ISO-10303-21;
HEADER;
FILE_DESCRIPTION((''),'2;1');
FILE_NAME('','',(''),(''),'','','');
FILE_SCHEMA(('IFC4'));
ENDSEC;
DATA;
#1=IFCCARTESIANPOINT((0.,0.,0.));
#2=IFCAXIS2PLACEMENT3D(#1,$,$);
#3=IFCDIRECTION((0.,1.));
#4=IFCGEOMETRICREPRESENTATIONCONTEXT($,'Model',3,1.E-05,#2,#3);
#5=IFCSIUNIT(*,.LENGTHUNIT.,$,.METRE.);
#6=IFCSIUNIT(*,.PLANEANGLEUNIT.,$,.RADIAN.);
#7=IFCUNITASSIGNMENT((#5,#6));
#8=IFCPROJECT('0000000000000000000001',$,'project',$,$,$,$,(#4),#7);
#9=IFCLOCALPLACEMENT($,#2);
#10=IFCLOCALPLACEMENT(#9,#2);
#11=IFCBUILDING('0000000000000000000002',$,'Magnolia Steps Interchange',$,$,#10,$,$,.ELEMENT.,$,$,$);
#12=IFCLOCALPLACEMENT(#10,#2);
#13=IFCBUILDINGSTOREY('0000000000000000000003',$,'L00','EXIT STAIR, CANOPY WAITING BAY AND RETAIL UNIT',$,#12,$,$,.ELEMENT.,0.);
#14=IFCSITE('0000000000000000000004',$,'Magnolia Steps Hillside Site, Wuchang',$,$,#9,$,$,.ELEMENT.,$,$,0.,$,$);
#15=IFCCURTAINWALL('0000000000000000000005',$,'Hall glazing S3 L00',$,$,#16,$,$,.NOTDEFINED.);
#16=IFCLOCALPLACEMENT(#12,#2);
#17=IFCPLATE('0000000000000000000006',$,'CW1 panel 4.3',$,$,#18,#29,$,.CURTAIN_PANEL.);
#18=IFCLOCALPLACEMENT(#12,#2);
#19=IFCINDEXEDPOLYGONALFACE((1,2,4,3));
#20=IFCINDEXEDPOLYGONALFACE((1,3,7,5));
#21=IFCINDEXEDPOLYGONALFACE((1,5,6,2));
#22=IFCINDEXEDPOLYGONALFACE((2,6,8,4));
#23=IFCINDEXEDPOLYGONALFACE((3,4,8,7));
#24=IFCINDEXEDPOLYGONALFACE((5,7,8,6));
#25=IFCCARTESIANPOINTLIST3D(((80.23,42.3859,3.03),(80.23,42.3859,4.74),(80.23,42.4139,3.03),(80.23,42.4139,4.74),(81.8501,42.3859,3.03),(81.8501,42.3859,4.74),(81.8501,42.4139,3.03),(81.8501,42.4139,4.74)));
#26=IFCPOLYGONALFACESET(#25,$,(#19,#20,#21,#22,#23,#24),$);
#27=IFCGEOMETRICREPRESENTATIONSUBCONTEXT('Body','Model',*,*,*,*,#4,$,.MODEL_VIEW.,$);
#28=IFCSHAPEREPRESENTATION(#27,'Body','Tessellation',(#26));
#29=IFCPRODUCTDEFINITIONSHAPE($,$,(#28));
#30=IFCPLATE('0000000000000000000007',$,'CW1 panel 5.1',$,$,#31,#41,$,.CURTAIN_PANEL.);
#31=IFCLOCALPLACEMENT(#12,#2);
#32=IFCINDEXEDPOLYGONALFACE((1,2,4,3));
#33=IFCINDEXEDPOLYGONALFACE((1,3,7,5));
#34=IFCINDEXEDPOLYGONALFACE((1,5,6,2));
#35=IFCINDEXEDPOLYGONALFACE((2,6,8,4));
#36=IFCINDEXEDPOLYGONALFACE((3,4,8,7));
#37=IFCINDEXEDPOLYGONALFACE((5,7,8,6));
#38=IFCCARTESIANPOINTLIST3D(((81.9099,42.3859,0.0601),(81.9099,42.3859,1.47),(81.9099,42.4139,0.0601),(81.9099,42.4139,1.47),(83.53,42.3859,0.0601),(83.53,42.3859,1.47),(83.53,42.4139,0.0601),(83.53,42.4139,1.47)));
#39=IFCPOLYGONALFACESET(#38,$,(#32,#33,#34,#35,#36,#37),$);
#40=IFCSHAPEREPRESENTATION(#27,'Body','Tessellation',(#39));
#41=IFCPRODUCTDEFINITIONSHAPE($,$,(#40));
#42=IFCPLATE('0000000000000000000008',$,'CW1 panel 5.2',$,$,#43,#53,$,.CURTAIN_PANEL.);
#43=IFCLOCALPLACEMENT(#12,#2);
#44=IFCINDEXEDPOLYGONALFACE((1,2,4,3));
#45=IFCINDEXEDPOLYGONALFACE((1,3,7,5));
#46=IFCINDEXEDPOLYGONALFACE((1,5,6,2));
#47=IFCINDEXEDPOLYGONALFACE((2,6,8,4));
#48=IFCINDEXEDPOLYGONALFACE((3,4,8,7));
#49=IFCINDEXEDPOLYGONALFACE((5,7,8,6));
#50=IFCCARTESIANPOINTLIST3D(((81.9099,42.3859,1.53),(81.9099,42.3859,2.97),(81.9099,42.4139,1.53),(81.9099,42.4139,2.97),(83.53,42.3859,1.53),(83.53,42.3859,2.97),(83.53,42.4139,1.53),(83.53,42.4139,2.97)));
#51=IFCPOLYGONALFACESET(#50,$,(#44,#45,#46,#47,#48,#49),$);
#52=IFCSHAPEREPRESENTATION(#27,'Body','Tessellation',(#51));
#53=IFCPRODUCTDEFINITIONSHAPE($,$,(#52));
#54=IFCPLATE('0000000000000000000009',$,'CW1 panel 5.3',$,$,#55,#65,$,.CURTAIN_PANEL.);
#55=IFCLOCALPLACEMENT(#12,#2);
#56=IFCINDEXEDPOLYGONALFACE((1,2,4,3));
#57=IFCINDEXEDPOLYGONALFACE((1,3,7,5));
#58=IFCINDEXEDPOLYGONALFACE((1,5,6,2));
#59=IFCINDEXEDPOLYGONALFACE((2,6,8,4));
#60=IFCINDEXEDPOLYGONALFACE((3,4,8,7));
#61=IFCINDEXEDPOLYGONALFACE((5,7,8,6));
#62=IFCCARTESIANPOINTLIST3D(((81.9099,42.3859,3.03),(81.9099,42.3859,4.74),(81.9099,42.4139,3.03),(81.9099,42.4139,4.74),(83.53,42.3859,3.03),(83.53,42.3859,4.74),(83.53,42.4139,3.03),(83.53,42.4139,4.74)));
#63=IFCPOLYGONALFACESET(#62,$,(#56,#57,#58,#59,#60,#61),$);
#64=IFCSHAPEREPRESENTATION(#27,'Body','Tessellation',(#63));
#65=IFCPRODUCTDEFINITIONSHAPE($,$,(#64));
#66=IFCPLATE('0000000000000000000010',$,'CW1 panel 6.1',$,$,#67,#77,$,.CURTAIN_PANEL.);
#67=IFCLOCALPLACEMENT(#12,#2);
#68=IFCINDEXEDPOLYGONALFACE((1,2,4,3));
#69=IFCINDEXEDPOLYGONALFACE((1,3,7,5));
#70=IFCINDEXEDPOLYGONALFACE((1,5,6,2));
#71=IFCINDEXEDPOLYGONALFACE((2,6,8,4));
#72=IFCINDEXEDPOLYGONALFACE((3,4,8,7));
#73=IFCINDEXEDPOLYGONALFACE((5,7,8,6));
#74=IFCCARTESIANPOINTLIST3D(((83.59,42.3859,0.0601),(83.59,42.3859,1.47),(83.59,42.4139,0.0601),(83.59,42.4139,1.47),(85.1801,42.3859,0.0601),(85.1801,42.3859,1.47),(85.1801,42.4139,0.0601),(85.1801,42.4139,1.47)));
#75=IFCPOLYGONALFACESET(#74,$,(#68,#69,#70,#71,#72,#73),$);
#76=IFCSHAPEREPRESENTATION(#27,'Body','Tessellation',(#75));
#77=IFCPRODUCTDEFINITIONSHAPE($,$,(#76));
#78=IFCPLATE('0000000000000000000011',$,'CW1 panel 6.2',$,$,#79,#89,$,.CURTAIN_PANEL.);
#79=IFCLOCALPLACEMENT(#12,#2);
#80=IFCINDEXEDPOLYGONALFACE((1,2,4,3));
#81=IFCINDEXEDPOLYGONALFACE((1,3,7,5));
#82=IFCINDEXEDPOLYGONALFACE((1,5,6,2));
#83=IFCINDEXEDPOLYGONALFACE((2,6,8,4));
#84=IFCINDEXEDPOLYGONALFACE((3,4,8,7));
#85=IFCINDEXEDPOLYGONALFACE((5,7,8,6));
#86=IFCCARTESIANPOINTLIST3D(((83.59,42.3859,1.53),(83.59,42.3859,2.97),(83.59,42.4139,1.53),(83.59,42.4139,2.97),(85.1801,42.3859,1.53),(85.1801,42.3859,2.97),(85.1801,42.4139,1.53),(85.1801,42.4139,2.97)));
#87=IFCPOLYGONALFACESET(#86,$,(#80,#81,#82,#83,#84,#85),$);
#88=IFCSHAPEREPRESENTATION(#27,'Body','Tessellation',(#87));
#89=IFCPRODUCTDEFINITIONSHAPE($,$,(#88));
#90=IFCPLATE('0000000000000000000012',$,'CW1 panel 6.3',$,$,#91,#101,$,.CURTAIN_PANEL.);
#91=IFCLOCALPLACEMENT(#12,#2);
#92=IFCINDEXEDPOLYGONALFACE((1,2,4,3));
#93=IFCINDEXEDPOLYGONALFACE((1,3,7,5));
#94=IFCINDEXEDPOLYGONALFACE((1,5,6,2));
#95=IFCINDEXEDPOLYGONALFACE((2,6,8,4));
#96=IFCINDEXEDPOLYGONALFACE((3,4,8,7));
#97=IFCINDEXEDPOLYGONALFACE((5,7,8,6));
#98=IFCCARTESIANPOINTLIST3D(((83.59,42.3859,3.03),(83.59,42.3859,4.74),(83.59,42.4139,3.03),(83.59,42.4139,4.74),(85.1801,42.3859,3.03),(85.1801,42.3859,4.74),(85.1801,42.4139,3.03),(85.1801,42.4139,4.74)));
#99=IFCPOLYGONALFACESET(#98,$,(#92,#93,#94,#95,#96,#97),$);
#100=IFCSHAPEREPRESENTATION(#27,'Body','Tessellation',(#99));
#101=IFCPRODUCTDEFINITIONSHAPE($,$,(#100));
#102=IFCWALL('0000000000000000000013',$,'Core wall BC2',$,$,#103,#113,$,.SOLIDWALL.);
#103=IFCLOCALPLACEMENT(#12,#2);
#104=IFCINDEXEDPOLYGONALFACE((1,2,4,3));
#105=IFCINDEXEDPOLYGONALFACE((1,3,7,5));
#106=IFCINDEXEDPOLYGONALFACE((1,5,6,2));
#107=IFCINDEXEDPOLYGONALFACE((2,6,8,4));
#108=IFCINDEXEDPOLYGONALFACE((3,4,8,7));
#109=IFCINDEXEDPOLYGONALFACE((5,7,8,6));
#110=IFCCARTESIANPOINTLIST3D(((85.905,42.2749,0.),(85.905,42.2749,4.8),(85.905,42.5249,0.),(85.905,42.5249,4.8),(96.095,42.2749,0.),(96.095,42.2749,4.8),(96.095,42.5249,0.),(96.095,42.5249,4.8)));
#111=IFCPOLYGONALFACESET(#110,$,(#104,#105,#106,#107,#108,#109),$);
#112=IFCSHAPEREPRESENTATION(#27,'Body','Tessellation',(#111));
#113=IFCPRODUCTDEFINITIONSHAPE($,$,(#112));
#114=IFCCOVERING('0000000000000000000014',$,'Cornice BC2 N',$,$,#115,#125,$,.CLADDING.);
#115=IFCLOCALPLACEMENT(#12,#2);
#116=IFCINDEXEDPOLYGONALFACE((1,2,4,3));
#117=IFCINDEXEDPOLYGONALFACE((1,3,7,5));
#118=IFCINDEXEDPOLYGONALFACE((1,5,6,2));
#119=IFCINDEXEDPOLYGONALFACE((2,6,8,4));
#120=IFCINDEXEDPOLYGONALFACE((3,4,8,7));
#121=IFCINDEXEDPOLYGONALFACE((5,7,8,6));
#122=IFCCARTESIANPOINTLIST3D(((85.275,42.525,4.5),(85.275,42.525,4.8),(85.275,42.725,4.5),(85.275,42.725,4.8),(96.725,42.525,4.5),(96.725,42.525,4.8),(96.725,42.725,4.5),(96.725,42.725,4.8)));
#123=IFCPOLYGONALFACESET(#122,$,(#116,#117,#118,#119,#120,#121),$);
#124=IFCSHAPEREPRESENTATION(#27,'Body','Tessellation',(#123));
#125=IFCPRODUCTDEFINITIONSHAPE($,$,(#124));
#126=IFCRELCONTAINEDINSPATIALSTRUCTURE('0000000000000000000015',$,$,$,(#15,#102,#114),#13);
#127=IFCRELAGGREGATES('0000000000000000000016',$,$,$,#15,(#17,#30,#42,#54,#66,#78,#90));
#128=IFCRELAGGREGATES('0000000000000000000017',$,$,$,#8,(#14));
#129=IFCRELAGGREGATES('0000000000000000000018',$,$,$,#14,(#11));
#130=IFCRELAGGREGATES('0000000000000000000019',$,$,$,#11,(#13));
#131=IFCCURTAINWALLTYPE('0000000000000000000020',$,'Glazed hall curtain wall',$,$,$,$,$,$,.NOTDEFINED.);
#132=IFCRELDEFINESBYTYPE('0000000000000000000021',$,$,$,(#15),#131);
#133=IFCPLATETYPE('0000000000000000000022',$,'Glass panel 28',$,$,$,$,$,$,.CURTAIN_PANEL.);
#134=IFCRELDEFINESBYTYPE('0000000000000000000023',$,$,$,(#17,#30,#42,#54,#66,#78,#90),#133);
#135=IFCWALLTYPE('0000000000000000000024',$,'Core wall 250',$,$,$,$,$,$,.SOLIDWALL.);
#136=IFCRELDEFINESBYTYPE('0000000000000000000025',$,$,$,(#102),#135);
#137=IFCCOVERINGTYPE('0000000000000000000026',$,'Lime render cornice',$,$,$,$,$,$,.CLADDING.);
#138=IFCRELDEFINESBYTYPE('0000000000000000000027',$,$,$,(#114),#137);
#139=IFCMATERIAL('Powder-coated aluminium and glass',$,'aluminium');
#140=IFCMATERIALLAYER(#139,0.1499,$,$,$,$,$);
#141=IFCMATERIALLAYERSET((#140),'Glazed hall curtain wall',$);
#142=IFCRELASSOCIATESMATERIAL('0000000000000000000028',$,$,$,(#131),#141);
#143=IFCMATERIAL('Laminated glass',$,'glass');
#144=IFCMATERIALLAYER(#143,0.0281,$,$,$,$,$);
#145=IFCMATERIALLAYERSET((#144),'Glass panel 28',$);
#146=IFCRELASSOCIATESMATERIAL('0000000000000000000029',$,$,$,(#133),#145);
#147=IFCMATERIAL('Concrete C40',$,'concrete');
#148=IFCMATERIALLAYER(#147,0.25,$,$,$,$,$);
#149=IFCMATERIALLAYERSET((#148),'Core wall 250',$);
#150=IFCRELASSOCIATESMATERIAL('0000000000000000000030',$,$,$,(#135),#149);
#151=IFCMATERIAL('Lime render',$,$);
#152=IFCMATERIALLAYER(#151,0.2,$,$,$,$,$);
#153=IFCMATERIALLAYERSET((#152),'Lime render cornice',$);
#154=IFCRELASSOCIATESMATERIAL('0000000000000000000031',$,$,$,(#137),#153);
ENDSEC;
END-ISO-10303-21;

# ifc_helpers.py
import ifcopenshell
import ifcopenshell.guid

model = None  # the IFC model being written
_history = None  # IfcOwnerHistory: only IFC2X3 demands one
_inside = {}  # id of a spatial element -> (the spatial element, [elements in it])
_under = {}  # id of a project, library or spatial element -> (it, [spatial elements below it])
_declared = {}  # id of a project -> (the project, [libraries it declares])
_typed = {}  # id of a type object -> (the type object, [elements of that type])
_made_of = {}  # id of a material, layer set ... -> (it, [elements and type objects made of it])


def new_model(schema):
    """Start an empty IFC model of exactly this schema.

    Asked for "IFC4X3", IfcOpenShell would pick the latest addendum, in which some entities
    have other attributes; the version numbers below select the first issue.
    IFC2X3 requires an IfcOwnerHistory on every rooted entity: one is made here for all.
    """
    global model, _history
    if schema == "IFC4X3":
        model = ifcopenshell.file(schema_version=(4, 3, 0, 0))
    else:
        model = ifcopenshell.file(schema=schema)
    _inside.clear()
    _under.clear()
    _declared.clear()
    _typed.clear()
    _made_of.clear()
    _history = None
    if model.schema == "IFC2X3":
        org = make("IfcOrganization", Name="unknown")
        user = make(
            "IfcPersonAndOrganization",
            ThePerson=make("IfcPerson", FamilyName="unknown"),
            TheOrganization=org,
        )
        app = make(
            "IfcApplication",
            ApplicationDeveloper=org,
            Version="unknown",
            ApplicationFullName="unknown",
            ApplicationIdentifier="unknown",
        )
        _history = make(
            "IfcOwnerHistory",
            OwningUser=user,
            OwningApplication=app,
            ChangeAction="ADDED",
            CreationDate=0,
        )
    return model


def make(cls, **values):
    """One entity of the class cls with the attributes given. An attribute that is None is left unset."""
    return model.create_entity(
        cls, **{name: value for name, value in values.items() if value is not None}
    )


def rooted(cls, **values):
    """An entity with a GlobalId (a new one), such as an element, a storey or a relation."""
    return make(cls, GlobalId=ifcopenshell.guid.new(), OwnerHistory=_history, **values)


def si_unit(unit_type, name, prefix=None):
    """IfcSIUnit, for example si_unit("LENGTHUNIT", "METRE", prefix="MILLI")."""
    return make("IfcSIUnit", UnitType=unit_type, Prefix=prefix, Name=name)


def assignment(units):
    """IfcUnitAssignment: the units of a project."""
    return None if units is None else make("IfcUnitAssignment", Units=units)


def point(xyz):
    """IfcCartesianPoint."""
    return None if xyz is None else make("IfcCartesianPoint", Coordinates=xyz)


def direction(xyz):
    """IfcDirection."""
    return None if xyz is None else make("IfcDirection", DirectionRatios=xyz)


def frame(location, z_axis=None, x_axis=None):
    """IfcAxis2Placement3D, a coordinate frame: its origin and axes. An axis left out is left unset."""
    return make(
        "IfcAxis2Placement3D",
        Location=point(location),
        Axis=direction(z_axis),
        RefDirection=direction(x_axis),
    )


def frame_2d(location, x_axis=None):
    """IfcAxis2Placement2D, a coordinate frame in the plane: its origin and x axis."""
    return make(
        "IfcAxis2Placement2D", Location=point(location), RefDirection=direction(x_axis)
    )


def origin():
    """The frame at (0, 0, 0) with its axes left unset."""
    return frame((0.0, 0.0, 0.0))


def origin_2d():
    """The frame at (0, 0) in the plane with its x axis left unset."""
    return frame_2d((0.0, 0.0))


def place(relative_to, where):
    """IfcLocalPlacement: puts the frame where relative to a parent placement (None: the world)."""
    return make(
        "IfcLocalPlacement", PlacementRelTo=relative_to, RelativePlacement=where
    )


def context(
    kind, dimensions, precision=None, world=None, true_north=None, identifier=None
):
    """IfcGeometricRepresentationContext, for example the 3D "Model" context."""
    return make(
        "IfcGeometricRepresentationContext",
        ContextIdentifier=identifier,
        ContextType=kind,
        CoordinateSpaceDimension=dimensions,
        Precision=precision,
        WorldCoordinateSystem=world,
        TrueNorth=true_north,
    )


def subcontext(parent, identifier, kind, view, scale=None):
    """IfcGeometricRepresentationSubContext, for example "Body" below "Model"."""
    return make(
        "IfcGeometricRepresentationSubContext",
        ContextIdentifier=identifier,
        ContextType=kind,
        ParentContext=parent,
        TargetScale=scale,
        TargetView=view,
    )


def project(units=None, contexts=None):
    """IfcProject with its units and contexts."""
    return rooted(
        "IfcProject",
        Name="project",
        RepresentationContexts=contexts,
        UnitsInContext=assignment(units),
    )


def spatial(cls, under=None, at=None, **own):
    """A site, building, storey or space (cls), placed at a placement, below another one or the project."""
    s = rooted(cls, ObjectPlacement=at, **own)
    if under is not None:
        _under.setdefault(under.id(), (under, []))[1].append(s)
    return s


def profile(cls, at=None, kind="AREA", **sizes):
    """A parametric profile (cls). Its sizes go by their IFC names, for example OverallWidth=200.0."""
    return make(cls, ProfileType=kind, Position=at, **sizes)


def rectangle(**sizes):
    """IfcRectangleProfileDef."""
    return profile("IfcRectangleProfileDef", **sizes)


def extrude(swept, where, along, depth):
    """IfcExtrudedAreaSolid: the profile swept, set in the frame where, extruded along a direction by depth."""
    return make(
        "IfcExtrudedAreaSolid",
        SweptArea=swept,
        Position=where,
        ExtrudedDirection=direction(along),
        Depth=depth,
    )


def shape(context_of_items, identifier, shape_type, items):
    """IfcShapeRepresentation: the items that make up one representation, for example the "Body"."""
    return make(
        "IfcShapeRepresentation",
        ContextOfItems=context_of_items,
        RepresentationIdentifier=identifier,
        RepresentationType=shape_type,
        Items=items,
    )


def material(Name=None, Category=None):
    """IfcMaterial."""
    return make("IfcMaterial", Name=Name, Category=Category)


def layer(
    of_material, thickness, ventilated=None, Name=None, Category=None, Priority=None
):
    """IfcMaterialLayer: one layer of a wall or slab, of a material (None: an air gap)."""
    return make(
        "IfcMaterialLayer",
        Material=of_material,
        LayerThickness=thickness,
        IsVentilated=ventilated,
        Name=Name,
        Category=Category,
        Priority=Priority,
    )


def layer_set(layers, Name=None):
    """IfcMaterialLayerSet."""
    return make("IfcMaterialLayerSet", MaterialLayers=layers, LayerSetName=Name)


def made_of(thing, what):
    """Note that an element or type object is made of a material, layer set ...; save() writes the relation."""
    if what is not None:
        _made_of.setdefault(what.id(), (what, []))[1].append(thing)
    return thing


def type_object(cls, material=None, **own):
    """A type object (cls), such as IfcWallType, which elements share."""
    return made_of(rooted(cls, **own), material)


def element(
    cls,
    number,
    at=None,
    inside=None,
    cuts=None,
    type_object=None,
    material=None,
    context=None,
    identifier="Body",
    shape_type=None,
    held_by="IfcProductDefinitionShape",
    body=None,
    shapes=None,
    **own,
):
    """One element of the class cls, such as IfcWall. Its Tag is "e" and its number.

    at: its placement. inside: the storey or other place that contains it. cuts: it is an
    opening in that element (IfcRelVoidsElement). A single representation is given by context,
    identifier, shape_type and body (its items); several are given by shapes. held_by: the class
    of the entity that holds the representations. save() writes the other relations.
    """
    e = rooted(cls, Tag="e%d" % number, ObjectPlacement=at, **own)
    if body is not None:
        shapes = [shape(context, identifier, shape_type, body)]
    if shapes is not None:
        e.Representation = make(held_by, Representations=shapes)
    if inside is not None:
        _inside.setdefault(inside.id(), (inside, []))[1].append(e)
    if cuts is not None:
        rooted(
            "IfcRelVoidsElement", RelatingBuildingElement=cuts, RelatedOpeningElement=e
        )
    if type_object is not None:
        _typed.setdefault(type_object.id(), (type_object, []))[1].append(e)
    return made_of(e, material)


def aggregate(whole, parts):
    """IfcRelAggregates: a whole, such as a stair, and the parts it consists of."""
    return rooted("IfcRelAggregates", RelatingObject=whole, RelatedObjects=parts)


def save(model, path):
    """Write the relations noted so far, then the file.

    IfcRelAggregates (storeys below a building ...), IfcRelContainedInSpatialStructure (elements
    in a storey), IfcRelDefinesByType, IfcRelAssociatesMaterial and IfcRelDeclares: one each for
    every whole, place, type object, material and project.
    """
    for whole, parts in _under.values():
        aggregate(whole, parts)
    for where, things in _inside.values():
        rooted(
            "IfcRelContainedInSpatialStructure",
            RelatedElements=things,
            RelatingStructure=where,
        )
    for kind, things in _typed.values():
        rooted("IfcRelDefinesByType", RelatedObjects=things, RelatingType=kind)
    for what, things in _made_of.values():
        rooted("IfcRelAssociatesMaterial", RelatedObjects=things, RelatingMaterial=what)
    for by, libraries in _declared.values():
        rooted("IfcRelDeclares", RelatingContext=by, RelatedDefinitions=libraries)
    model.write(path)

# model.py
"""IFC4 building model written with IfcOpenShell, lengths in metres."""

from ifc_helpers import new_model, si_unit, direction, frame, frame_2d, origin, origin_2d, place, context, subcontext, project, spatial, rectangle, extrude, material, layer, layer_set, type_object, element, aggregate, save


model = new_model("IFC4")

# Units and contexts
model_context = context("Model", 3, precision=1e-05, world=origin(), true_north=direction((0.0, 1.0)))
body_context = subcontext(model_context, "Body", "Model", "MODEL_VIEW")
ifc_project = project(units=[si_unit("LENGTHUNIT", "METRE"), si_unit("PLANEANGLEUNIT", "RADIAN")], contexts=[model_context])

# Site, building, storey
site_placement = place(None, origin())
site = spatial("IfcSite", under=ifc_project, at=site_placement, Name="Magnolia Steps Hillside Site, Wuchang", CompositionType="ELEMENT", RefElevation=0.0)
building_placement = place(site_placement, origin())
building = spatial("IfcBuilding", under=site, at=building_placement, Name="Magnolia Steps Interchange", CompositionType="ELEMENT")
storey_placement = place(building_placement, origin())
storey = spatial("IfcBuildingStorey", under=building, at=storey_placement, Name="L00", Description="EXIT STAIR, CANOPY WAITING BAY AND RETAIL UNIT", CompositionType="ELEMENT", Elevation=0.0)

# Curtain wall, plates
ifc_material_1 = material(Name="Powder-coated aluminium and glass", Category="aluminium")
ifc_layer_1 = layer(ifc_material_1, 0.1499)
ifc_layer_set_1 = layer_set([ifc_layer_1], Name="Glazed hall curtain wall")
curtain_wall_type = type_object("IfcCurtainWallType", Name="Glazed hall curtain wall", PredefinedType="NOTDEFINED", material=ifc_layer_set_1)
curtain_wall_placement = place(storey_placement, origin())
curtain_wall = element("IfcCurtainWall", 1, at=curtain_wall_placement, inside=storey, type_object=curtain_wall_type, Name="Hall glazing S3 L00", PredefinedType="NOTDEFINED")
ifc_material_2 = material(Name="Laminated glass", Category="glass")
ifc_layer_2 = layer(ifc_material_2, 0.0281)
ifc_layer_set_2 = layer_set([ifc_layer_2], Name="Glass panel 28")
plate_type = type_object("IfcPlateType", Name="Glass panel 28", PredefinedType="CURTAIN_PANEL", material=ifc_layer_set_2)
plate_1_placement = place(storey_placement, frame((81.04, 42.3999, 3.03), z_axis=(0.0, 0.0, 1.0), x_axis=(1.0, 0.0, 0.0)))
plate_1 = element("IfcPlate", 2, at=plate_1_placement, type_object=plate_type, Name="CW1 panel 4.3", PredefinedType="CURTAIN_PANEL", context=body_context, shape_type="SweptSolid", body=[
    extrude(rectangle(XDim=1.6201, YDim=0.0281, at=origin_2d()), origin(), (0.0, 0.0, 1.0), 1.71),
])
plate_2_placement = place(storey_placement, frame((82.72, 42.3999, 0.0601), z_axis=(0.0, 0.0, 1.0), x_axis=(1.0, 0.0, 0.0)))
plate_2 = element("IfcPlate", 3, at=plate_2_placement, type_object=plate_type, Name="CW1 panel 5.1", PredefinedType="CURTAIN_PANEL", context=body_context, shape_type="SweptSolid", body=[
    extrude(rectangle(XDim=1.6201, YDim=0.0281, at=origin_2d()), origin(), (0.0, 0.0, 1.0), 1.4099),
])
plate_3_placement = place(storey_placement, frame((82.72, 42.3999, 1.53), z_axis=(0.0, 0.0, 1.0), x_axis=(1.0, 0.0, 0.0)))
plate_3 = element("IfcPlate", 4, at=plate_3_placement, type_object=plate_type, Name="CW1 panel 5.2", PredefinedType="CURTAIN_PANEL", context=body_context, shape_type="SweptSolid", body=[
    extrude(rectangle(XDim=1.6201, YDim=0.0281, at=origin_2d()), origin(), (0.0, 0.0, 1.0), 1.4399),
])
plate_4_placement = place(storey_placement, frame((82.72, 42.3999, 3.03), z_axis=(0.0, 0.0, 1.0), x_axis=(1.0, 0.0, 0.0)))
plate_4 = element("IfcPlate", 5, at=plate_4_placement, type_object=plate_type, Name="CW1 panel 5.3", PredefinedType="CURTAIN_PANEL", context=body_context, shape_type="SweptSolid", body=[
    extrude(rectangle(XDim=1.6201, YDim=0.0281, at=origin_2d()), origin(), (0.0, 0.0, 1.0), 1.71),
])
plate_5_placement = place(storey_placement, frame((84.385, 42.3999, 0.0601), z_axis=(0.0, 0.0, 1.0), x_axis=(1.0, 0.0, 0.0)))
plate_5 = element("IfcPlate", 6, at=plate_5_placement, type_object=plate_type, Name="CW1 panel 6.1", PredefinedType="CURTAIN_PANEL", context=body_context, shape_type="SweptSolid", body=[
    extrude(rectangle(XDim=1.5901, YDim=0.0281, at=origin_2d()), origin(), (0.0, 0.0, 1.0), 1.4099),
])
plate_6_placement = place(storey_placement, frame((84.385, 42.3999, 1.53), z_axis=(0.0, 0.0, 1.0), x_axis=(1.0, 0.0, 0.0)))
plate_6 = element("IfcPlate", 7, at=plate_6_placement, type_object=plate_type, Name="CW1 panel 6.2", PredefinedType="CURTAIN_PANEL", context=body_context, shape_type="SweptSolid", body=[
    extrude(rectangle(XDim=1.5901, YDim=0.0281, at=origin_2d()), origin(), (0.0, 0.0, 1.0), 1.4399),
])
plate_7_placement = place(storey_placement, frame((84.385, 42.3999, 3.03), z_axis=(0.0, 0.0, 1.0), x_axis=(1.0, 0.0, 0.0)))
plate_7 = element("IfcPlate", 8, at=plate_7_placement, type_object=plate_type, Name="CW1 panel 6.3", PredefinedType="CURTAIN_PANEL", context=body_context, shape_type="SweptSolid", body=[
    extrude(rectangle(XDim=1.5901, YDim=0.0281, at=origin_2d()), origin(), (0.0, 0.0, 1.0), 1.71),
])
aggregate(curtain_wall, [plate_1, plate_2, plate_3, plate_4, plate_5, plate_6, plate_7])

# Wall
ifc_material_3 = material(Name="Concrete C40", Category="concrete")
ifc_layer_3 = layer(ifc_material_3, 0.25)
ifc_layer_set_3 = layer_set([ifc_layer_3], Name="Core wall 250")
wall_type = type_object("IfcWallType", Name="Core wall 250", PredefinedType="SOLIDWALL", material=ifc_layer_set_3)
wall_placement = place(storey_placement, frame((96.095, 42.3999, 0.0), z_axis=(0.0, 0.0, 1.0), x_axis=(-1.0, 0.0, 0.0)))
element("IfcWall", 9, at=wall_placement, inside=storey, type_object=wall_type, Name="Core wall BC2", PredefinedType="SOLIDWALL", context=body_context, shape_type="SweptSolid", body=[
    extrude(rectangle(XDim=10.1899, YDim=0.25, at=frame_2d((5.095, 0.0))), origin(), (0.0, 0.0, 1.0), 4.8),
])

# Covering
ifc_material_4 = material(Name="Lime render")
ifc_layer_4 = layer(ifc_material_4, 0.2)
ifc_layer_set_4 = layer_set([ifc_layer_4], Name="Lime render cornice")
covering_type = type_object("IfcCoveringType", Name="Lime render cornice", PredefinedType="CLADDING", material=ifc_layer_set_4)
covering_placement = place(storey_placement, frame((91.0, 42.625, 4.5), z_axis=(0.0, 0.0, 1.0), x_axis=(1.0, 0.0, 0.0)))
element("IfcCovering", 10, at=covering_placement, inside=storey, type_object=covering_type, Name="Cornice BC2 N", PredefinedType="CLADDING", context=body_context, shape_type="SweptSolid", body=[
    extrude(rectangle(XDim=11.45, YDim=0.2, at=origin_2d()), origin(), (0.0, 0.0, 1.0), 0.3),
])

save(model, "model.ifc")
